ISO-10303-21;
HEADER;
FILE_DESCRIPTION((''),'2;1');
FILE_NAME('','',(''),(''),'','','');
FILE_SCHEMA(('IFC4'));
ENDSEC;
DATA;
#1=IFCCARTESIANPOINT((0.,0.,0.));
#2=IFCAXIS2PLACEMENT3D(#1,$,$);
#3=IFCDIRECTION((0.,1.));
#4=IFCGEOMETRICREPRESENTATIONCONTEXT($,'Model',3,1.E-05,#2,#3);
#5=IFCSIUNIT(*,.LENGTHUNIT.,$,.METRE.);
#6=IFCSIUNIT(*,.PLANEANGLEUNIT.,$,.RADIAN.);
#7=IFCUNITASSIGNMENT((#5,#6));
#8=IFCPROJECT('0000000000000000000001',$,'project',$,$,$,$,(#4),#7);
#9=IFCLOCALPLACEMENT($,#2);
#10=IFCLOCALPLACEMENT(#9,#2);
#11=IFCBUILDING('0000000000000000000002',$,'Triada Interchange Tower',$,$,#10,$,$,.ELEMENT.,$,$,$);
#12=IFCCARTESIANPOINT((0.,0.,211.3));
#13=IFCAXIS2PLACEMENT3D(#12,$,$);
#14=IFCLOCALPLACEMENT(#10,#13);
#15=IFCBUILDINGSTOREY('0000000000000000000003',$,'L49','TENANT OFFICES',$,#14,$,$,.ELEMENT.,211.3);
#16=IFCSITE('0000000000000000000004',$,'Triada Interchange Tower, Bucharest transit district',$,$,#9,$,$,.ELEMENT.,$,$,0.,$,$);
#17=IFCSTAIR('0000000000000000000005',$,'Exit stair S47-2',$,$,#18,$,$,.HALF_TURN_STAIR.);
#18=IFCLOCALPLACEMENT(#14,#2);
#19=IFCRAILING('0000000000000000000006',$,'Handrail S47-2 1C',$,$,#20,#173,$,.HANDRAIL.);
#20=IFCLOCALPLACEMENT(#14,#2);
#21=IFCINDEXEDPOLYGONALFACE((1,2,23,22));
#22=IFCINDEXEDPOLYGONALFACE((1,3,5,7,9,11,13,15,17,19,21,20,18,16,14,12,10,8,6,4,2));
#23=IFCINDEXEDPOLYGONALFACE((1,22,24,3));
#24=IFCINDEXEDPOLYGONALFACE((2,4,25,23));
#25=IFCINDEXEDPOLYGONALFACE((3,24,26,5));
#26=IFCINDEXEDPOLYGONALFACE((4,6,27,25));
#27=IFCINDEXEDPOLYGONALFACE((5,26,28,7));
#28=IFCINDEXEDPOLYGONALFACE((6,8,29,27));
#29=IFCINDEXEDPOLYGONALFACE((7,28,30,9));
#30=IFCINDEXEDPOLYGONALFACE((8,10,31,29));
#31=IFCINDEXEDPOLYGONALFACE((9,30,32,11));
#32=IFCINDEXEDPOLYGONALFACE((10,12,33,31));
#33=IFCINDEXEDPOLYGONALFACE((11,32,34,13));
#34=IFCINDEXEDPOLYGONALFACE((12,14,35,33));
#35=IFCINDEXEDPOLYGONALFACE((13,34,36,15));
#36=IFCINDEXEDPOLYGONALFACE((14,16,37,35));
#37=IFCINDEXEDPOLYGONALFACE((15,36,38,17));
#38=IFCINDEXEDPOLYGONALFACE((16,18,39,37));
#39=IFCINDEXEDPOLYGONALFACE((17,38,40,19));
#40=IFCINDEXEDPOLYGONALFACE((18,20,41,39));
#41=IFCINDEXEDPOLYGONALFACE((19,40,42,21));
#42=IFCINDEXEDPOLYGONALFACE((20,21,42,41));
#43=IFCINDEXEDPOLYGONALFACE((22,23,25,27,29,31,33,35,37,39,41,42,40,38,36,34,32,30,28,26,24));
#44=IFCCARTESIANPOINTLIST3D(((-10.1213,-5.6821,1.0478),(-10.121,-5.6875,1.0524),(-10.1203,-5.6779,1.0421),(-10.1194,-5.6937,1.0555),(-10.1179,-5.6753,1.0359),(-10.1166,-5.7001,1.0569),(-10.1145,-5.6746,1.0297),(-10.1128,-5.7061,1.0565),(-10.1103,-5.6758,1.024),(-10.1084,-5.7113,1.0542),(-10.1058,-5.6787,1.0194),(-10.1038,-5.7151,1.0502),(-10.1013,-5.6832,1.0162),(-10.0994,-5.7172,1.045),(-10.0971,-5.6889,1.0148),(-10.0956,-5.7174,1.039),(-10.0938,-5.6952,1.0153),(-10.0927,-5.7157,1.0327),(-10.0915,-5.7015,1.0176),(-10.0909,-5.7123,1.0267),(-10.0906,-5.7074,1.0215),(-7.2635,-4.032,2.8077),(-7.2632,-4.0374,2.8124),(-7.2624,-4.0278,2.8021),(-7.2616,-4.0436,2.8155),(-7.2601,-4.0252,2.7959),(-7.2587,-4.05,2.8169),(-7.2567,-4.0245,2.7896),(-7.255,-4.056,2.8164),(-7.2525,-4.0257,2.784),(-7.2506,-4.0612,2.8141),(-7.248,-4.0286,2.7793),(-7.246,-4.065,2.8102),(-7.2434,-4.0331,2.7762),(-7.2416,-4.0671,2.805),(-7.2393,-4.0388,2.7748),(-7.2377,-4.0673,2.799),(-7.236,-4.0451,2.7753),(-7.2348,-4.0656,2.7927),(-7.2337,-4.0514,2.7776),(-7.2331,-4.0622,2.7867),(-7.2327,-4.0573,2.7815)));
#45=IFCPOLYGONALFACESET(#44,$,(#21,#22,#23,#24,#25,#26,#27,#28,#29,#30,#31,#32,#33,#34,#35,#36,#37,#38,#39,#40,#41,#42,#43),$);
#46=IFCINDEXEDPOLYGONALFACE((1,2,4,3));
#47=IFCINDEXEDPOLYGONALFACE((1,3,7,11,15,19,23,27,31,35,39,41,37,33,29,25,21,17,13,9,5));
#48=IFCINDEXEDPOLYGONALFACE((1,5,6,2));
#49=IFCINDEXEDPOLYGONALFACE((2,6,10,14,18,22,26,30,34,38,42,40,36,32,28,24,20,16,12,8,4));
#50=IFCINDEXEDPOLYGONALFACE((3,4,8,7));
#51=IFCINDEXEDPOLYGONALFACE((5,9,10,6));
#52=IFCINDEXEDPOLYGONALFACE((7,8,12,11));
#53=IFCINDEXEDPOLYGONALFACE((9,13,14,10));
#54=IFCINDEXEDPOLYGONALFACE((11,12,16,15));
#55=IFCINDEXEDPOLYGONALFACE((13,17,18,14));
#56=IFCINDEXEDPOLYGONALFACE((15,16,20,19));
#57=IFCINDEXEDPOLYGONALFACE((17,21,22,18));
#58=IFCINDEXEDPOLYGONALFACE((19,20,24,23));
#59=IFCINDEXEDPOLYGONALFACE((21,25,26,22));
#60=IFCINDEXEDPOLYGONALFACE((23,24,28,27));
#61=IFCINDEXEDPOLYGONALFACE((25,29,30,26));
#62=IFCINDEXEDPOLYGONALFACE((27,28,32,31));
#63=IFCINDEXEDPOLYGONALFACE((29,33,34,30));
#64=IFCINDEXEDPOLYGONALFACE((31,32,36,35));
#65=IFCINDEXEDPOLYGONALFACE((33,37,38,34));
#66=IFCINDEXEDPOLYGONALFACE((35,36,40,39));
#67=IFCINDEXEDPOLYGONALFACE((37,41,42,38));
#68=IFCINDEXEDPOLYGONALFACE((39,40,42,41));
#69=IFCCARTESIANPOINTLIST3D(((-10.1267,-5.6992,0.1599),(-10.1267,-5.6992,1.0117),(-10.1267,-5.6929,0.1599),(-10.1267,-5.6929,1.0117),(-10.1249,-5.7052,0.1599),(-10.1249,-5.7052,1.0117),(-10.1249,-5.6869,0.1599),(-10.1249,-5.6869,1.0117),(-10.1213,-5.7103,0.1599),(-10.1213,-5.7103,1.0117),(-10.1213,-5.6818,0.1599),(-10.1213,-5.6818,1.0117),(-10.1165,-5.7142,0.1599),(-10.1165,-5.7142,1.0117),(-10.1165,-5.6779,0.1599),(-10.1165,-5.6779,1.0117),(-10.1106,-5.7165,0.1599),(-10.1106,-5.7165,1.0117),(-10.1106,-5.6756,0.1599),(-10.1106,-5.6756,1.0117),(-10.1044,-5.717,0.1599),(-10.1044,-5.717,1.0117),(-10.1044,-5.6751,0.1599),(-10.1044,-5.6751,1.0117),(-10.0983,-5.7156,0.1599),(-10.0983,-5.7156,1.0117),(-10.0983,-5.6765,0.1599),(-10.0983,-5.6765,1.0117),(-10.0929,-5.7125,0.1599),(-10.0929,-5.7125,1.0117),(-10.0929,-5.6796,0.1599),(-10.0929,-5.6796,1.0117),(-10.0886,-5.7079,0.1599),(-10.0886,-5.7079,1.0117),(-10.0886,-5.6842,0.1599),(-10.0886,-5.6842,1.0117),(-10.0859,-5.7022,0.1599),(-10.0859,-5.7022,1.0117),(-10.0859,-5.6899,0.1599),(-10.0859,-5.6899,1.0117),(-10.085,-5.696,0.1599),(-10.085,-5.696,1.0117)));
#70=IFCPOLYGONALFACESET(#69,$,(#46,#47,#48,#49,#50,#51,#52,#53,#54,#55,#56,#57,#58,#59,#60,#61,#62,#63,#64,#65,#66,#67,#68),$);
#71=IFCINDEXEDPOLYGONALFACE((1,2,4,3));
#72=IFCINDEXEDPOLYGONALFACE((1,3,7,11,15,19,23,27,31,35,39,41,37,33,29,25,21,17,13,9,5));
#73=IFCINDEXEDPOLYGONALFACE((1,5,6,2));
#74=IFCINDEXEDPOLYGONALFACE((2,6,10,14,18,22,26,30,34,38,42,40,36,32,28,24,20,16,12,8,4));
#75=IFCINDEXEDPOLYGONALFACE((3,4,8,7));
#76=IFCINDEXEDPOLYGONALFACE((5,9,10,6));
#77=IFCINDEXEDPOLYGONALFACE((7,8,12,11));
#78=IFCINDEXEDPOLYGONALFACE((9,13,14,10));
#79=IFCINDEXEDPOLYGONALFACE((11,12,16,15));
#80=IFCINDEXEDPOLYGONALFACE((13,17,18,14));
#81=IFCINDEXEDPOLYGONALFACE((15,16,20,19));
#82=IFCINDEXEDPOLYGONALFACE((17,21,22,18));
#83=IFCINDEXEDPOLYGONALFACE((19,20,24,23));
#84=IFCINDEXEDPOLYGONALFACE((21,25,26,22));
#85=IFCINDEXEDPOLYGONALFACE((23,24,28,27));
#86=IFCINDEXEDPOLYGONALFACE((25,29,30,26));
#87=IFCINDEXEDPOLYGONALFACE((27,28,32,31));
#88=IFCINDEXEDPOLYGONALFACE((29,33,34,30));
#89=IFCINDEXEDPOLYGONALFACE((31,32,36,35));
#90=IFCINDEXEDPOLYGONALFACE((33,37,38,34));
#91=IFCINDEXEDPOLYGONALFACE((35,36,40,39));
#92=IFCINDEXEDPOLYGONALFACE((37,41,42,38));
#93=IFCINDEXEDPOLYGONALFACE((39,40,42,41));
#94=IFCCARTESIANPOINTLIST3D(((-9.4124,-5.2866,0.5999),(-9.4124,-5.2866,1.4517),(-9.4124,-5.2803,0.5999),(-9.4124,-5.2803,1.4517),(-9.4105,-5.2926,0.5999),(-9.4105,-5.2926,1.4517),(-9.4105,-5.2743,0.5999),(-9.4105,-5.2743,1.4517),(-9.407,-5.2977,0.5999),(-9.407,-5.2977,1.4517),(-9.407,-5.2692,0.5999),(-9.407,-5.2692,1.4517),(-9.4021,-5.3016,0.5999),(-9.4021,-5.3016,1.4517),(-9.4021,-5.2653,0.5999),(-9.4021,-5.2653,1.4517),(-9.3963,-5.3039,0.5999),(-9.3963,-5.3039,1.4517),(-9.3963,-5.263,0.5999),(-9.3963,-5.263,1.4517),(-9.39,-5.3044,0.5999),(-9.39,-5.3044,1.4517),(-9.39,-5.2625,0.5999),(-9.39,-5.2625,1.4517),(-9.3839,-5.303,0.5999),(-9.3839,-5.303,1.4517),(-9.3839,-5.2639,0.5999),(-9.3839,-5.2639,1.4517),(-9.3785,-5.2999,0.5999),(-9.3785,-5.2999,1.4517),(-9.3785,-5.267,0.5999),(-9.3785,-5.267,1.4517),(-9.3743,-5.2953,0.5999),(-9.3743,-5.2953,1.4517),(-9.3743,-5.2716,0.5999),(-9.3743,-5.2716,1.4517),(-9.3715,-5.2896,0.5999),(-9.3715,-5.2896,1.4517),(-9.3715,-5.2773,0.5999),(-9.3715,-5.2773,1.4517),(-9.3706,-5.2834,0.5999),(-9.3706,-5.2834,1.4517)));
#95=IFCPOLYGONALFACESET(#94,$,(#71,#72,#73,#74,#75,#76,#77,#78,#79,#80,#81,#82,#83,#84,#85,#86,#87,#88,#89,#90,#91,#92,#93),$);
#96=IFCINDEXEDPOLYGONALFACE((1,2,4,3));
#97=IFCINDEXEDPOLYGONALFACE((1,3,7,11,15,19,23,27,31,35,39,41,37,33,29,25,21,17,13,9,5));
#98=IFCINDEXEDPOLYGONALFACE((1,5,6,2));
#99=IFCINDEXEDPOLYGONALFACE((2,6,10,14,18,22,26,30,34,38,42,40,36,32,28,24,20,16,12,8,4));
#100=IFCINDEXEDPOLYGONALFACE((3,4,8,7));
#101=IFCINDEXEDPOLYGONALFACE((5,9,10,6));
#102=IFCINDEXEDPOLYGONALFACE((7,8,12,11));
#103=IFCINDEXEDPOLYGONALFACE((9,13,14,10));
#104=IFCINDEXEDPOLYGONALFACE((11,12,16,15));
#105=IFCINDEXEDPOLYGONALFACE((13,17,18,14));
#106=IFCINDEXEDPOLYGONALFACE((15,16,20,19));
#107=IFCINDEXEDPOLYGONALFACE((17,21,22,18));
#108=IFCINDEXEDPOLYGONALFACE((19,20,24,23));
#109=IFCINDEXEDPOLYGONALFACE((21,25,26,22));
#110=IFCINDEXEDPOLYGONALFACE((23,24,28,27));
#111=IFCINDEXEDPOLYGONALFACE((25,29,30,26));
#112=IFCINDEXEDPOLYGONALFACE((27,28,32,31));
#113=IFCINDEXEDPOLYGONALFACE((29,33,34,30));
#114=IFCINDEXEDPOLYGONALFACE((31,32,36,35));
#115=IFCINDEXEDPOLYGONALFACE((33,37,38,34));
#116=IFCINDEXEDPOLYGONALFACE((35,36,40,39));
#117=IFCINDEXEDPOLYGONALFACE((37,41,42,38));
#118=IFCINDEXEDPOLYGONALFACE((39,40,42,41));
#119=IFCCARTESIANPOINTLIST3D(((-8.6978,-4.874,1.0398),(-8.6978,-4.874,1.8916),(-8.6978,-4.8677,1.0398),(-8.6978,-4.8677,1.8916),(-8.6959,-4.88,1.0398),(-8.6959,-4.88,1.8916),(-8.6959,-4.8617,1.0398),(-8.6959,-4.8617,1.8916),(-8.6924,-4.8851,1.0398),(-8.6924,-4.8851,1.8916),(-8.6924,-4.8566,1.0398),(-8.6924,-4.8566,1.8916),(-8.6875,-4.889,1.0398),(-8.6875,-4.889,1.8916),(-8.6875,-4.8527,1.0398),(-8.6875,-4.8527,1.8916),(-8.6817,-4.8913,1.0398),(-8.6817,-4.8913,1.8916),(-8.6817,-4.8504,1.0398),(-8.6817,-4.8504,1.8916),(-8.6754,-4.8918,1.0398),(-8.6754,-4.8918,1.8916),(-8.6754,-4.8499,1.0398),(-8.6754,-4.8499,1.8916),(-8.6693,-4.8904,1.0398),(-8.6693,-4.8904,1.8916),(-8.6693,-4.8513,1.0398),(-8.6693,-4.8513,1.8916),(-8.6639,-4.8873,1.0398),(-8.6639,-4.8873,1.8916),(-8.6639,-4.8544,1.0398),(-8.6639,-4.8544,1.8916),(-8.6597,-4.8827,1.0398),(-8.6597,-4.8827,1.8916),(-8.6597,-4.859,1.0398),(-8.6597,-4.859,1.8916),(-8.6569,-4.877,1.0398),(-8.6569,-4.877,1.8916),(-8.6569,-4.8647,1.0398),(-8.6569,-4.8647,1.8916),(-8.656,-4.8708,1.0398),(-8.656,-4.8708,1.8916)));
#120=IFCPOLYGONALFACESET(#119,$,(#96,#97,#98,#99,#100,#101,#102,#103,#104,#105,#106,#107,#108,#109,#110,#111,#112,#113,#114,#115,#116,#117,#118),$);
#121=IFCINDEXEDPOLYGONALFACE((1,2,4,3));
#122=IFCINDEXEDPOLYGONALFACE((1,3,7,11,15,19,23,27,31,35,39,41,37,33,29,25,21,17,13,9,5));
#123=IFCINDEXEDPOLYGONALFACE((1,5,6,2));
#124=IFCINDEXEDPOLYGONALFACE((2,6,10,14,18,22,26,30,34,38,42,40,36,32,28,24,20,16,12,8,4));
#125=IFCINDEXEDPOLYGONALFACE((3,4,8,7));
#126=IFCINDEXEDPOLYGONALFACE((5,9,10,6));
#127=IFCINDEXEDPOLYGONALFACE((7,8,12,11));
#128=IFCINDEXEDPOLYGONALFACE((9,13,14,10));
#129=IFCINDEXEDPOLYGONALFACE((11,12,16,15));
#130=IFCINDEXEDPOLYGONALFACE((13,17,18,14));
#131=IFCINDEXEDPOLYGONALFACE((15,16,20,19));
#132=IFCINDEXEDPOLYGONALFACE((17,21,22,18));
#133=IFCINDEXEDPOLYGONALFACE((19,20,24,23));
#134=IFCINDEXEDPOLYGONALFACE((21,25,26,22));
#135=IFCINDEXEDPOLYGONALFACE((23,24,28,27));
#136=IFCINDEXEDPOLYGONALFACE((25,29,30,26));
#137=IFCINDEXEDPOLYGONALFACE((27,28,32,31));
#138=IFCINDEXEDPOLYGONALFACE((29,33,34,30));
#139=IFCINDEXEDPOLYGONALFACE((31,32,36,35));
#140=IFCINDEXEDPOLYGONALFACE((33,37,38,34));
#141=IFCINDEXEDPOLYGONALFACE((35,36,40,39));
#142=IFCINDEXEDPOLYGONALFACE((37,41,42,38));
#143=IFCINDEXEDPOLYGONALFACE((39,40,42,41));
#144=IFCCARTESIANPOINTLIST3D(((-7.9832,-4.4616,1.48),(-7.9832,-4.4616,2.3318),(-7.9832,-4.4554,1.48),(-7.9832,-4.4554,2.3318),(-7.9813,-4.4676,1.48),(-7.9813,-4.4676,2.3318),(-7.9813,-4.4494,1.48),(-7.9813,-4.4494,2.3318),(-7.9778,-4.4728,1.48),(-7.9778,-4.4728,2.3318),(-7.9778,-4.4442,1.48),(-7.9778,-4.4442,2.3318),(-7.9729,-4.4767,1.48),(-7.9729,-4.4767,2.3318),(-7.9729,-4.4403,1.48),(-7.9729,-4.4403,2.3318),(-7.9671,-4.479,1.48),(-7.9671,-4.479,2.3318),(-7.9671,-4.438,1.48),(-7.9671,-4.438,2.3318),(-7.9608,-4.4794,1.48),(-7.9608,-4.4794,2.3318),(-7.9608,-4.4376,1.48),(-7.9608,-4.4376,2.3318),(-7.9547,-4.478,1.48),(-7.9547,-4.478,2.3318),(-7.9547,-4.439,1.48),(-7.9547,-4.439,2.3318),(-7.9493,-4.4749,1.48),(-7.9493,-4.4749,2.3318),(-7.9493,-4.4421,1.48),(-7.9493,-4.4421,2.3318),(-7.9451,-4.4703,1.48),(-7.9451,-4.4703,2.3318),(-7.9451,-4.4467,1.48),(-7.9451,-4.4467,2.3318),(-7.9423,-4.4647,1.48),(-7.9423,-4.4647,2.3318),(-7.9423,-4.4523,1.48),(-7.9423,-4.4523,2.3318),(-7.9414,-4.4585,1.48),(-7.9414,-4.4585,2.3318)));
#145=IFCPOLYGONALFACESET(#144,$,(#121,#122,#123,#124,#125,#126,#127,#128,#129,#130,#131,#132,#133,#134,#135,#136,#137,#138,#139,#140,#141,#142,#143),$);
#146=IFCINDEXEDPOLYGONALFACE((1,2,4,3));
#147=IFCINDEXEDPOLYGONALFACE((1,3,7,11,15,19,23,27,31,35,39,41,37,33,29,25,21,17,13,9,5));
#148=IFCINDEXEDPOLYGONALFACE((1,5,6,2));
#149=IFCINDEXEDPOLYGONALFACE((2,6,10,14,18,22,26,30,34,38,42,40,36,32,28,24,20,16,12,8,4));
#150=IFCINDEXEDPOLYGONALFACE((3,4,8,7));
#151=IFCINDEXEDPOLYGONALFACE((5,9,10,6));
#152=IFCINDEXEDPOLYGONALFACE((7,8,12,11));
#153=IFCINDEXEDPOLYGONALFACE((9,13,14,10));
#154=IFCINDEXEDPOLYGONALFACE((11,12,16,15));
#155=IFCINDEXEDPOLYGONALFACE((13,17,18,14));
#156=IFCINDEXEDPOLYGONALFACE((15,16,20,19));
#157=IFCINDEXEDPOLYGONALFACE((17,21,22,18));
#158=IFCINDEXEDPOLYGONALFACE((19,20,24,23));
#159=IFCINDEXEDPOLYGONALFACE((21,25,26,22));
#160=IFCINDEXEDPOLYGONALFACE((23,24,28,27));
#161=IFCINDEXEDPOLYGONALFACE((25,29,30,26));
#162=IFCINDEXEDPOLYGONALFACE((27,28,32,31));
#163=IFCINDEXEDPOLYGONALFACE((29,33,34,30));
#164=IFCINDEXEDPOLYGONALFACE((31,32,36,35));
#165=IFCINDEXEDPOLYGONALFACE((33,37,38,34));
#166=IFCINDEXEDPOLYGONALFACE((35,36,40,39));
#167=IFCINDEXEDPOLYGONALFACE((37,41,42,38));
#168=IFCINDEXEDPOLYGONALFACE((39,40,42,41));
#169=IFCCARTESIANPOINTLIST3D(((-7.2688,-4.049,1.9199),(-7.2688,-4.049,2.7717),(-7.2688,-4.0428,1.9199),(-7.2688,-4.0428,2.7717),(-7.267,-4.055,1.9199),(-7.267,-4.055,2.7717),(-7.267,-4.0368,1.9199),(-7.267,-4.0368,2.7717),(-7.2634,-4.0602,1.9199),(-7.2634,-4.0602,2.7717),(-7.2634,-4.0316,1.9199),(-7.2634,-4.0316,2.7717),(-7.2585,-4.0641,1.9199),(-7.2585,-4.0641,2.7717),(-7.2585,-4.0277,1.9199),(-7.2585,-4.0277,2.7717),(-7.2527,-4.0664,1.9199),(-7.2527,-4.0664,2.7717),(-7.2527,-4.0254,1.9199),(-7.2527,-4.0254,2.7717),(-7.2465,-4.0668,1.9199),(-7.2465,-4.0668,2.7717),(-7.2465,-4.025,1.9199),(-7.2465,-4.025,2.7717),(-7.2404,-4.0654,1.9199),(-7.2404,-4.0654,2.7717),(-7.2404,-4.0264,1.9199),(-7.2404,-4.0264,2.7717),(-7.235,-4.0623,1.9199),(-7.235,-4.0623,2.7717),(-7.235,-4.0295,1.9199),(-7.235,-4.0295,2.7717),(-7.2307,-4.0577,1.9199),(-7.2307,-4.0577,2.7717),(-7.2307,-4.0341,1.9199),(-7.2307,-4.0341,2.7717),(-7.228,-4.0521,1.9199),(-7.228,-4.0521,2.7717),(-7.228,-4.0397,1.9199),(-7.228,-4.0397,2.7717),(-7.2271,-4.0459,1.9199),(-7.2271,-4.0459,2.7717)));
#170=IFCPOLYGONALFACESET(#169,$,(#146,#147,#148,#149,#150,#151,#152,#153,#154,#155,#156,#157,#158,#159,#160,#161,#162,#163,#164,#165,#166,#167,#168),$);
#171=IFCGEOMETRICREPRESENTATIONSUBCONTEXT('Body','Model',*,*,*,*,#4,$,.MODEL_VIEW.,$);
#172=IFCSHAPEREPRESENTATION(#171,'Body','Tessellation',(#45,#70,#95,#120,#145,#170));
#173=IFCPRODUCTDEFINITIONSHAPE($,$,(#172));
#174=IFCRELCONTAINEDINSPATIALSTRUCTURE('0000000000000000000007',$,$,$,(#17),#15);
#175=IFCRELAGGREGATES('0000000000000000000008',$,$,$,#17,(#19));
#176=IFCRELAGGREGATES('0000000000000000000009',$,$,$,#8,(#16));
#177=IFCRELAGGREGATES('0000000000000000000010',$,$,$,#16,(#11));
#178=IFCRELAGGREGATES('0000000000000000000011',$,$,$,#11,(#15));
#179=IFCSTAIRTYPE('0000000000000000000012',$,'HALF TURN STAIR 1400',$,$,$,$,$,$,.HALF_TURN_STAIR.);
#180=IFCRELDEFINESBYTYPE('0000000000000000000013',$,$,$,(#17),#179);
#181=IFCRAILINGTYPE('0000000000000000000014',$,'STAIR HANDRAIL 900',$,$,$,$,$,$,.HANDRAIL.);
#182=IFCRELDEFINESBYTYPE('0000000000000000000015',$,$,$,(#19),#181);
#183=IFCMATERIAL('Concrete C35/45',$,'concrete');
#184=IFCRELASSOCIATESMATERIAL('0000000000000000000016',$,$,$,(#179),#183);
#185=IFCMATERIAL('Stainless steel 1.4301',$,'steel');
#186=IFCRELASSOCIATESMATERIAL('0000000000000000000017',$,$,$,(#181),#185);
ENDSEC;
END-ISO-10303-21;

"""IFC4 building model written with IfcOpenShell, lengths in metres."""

from ifc_helpers import new_model, si_unit, direction, frame, origin, origin_2d, place, context, subcontext, project, spatial, circle, extrude, material, type_object, element, aggregate, save


model = new_model("IFC4")

# Units and contexts
model_context = context("Model", 3, precision=1e-05, world=origin(), true_north=direction((0.0, 1.0)))
body_context = subcontext(model_context, "Body", "Model", "MODEL_VIEW")
ifc_project = project(units=[si_unit("LENGTHUNIT", "METRE"), si_unit("PLANEANGLEUNIT", "RADIAN")], contexts=[model_context])

# Site, building, storey
site_placement = place(None, origin())
site = spatial("IfcSite", under=ifc_project, at=site_placement, Name="Triada Interchange Tower, Bucharest transit district", CompositionType="ELEMENT", RefElevation=0.0)
building_placement = place(site_placement, origin())
building = spatial("IfcBuilding", under=site, at=building_placement, Name="Triada Interchange Tower", CompositionType="ELEMENT")
storey_placement = place(building_placement, frame((0.0, 0.0, 211.3)))
storey = spatial("IfcBuildingStorey", under=building, at=storey_placement, Name="L49", Description="TENANT OFFICES", CompositionType="ELEMENT", Elevation=211.3)

# Stair, railing
ifc_material_1 = material(Name="Concrete C35/45", Category="concrete")
stair_type = type_object("IfcStairType", Name="HALF TURN STAIR 1400", PredefinedType="HALF_TURN_STAIR", material=ifc_material_1)
stair_placement = place(storey_placement, origin())
stair = element("IfcStair", 1, at=stair_placement, inside=storey, type_object=stair_type, Name="Exit stair S47-2", PredefinedType="HALF_TURN_STAIR")
ifc_material_2 = material(Name="Stainless steel 1.4301", Category="steel")
railing_type = type_object("IfcRailingType", Name="STAIR HANDRAIL 900", PredefinedType="HANDRAIL", material=ifc_material_2)
railing_1_placement = place(storey_placement, frame((-10.106, -5.696, 0.1599)))
railing_1 = element("IfcRailing", 2, at=railing_1_placement, type_object=railing_type, Name="Handrail S47-2 1C", PredefinedType="HANDRAIL", context=body_context, shape_type="SweptSolid", body=[
    extrude(circle(Radius=0.0239, at=origin_2d()), frame((0.0, 0.0, 0.876), z_axis=(0.764129, 0.441205, 0.47058), x_axis=(-0.50003, 0.866008, 0.0)), (0.0, 0.0, 1.0), 3.74),
    extrude(circle(Radius=0.021, at=origin_2d()), origin(), (0.0, 0.0, 1.0), 0.8518),
    extrude(circle(Radius=0.021, at=origin_2d()), frame((0.7144, 0.4126, 0.4399)), (0.0, 0.0, 1.0), 0.8518),
    extrude(circle(Radius=0.021, at=origin_2d()), frame((1.429, 0.8252, 0.8799)), (0.0, 0.0, 1.0), 0.8518),
    extrude(circle(Radius=0.021, at=origin_2d()), frame((2.1436, 1.2375, 1.3201)), (0.0, 0.0, 1.0), 0.8518),
    extrude(circle(Radius=0.021, at=origin_2d()), frame((2.8579, 1.6501, 1.76)), (0.0, 0.0, 1.0), 0.8518),
])
aggregate(stair, [railing_1])

save(model, "model.ifc")
